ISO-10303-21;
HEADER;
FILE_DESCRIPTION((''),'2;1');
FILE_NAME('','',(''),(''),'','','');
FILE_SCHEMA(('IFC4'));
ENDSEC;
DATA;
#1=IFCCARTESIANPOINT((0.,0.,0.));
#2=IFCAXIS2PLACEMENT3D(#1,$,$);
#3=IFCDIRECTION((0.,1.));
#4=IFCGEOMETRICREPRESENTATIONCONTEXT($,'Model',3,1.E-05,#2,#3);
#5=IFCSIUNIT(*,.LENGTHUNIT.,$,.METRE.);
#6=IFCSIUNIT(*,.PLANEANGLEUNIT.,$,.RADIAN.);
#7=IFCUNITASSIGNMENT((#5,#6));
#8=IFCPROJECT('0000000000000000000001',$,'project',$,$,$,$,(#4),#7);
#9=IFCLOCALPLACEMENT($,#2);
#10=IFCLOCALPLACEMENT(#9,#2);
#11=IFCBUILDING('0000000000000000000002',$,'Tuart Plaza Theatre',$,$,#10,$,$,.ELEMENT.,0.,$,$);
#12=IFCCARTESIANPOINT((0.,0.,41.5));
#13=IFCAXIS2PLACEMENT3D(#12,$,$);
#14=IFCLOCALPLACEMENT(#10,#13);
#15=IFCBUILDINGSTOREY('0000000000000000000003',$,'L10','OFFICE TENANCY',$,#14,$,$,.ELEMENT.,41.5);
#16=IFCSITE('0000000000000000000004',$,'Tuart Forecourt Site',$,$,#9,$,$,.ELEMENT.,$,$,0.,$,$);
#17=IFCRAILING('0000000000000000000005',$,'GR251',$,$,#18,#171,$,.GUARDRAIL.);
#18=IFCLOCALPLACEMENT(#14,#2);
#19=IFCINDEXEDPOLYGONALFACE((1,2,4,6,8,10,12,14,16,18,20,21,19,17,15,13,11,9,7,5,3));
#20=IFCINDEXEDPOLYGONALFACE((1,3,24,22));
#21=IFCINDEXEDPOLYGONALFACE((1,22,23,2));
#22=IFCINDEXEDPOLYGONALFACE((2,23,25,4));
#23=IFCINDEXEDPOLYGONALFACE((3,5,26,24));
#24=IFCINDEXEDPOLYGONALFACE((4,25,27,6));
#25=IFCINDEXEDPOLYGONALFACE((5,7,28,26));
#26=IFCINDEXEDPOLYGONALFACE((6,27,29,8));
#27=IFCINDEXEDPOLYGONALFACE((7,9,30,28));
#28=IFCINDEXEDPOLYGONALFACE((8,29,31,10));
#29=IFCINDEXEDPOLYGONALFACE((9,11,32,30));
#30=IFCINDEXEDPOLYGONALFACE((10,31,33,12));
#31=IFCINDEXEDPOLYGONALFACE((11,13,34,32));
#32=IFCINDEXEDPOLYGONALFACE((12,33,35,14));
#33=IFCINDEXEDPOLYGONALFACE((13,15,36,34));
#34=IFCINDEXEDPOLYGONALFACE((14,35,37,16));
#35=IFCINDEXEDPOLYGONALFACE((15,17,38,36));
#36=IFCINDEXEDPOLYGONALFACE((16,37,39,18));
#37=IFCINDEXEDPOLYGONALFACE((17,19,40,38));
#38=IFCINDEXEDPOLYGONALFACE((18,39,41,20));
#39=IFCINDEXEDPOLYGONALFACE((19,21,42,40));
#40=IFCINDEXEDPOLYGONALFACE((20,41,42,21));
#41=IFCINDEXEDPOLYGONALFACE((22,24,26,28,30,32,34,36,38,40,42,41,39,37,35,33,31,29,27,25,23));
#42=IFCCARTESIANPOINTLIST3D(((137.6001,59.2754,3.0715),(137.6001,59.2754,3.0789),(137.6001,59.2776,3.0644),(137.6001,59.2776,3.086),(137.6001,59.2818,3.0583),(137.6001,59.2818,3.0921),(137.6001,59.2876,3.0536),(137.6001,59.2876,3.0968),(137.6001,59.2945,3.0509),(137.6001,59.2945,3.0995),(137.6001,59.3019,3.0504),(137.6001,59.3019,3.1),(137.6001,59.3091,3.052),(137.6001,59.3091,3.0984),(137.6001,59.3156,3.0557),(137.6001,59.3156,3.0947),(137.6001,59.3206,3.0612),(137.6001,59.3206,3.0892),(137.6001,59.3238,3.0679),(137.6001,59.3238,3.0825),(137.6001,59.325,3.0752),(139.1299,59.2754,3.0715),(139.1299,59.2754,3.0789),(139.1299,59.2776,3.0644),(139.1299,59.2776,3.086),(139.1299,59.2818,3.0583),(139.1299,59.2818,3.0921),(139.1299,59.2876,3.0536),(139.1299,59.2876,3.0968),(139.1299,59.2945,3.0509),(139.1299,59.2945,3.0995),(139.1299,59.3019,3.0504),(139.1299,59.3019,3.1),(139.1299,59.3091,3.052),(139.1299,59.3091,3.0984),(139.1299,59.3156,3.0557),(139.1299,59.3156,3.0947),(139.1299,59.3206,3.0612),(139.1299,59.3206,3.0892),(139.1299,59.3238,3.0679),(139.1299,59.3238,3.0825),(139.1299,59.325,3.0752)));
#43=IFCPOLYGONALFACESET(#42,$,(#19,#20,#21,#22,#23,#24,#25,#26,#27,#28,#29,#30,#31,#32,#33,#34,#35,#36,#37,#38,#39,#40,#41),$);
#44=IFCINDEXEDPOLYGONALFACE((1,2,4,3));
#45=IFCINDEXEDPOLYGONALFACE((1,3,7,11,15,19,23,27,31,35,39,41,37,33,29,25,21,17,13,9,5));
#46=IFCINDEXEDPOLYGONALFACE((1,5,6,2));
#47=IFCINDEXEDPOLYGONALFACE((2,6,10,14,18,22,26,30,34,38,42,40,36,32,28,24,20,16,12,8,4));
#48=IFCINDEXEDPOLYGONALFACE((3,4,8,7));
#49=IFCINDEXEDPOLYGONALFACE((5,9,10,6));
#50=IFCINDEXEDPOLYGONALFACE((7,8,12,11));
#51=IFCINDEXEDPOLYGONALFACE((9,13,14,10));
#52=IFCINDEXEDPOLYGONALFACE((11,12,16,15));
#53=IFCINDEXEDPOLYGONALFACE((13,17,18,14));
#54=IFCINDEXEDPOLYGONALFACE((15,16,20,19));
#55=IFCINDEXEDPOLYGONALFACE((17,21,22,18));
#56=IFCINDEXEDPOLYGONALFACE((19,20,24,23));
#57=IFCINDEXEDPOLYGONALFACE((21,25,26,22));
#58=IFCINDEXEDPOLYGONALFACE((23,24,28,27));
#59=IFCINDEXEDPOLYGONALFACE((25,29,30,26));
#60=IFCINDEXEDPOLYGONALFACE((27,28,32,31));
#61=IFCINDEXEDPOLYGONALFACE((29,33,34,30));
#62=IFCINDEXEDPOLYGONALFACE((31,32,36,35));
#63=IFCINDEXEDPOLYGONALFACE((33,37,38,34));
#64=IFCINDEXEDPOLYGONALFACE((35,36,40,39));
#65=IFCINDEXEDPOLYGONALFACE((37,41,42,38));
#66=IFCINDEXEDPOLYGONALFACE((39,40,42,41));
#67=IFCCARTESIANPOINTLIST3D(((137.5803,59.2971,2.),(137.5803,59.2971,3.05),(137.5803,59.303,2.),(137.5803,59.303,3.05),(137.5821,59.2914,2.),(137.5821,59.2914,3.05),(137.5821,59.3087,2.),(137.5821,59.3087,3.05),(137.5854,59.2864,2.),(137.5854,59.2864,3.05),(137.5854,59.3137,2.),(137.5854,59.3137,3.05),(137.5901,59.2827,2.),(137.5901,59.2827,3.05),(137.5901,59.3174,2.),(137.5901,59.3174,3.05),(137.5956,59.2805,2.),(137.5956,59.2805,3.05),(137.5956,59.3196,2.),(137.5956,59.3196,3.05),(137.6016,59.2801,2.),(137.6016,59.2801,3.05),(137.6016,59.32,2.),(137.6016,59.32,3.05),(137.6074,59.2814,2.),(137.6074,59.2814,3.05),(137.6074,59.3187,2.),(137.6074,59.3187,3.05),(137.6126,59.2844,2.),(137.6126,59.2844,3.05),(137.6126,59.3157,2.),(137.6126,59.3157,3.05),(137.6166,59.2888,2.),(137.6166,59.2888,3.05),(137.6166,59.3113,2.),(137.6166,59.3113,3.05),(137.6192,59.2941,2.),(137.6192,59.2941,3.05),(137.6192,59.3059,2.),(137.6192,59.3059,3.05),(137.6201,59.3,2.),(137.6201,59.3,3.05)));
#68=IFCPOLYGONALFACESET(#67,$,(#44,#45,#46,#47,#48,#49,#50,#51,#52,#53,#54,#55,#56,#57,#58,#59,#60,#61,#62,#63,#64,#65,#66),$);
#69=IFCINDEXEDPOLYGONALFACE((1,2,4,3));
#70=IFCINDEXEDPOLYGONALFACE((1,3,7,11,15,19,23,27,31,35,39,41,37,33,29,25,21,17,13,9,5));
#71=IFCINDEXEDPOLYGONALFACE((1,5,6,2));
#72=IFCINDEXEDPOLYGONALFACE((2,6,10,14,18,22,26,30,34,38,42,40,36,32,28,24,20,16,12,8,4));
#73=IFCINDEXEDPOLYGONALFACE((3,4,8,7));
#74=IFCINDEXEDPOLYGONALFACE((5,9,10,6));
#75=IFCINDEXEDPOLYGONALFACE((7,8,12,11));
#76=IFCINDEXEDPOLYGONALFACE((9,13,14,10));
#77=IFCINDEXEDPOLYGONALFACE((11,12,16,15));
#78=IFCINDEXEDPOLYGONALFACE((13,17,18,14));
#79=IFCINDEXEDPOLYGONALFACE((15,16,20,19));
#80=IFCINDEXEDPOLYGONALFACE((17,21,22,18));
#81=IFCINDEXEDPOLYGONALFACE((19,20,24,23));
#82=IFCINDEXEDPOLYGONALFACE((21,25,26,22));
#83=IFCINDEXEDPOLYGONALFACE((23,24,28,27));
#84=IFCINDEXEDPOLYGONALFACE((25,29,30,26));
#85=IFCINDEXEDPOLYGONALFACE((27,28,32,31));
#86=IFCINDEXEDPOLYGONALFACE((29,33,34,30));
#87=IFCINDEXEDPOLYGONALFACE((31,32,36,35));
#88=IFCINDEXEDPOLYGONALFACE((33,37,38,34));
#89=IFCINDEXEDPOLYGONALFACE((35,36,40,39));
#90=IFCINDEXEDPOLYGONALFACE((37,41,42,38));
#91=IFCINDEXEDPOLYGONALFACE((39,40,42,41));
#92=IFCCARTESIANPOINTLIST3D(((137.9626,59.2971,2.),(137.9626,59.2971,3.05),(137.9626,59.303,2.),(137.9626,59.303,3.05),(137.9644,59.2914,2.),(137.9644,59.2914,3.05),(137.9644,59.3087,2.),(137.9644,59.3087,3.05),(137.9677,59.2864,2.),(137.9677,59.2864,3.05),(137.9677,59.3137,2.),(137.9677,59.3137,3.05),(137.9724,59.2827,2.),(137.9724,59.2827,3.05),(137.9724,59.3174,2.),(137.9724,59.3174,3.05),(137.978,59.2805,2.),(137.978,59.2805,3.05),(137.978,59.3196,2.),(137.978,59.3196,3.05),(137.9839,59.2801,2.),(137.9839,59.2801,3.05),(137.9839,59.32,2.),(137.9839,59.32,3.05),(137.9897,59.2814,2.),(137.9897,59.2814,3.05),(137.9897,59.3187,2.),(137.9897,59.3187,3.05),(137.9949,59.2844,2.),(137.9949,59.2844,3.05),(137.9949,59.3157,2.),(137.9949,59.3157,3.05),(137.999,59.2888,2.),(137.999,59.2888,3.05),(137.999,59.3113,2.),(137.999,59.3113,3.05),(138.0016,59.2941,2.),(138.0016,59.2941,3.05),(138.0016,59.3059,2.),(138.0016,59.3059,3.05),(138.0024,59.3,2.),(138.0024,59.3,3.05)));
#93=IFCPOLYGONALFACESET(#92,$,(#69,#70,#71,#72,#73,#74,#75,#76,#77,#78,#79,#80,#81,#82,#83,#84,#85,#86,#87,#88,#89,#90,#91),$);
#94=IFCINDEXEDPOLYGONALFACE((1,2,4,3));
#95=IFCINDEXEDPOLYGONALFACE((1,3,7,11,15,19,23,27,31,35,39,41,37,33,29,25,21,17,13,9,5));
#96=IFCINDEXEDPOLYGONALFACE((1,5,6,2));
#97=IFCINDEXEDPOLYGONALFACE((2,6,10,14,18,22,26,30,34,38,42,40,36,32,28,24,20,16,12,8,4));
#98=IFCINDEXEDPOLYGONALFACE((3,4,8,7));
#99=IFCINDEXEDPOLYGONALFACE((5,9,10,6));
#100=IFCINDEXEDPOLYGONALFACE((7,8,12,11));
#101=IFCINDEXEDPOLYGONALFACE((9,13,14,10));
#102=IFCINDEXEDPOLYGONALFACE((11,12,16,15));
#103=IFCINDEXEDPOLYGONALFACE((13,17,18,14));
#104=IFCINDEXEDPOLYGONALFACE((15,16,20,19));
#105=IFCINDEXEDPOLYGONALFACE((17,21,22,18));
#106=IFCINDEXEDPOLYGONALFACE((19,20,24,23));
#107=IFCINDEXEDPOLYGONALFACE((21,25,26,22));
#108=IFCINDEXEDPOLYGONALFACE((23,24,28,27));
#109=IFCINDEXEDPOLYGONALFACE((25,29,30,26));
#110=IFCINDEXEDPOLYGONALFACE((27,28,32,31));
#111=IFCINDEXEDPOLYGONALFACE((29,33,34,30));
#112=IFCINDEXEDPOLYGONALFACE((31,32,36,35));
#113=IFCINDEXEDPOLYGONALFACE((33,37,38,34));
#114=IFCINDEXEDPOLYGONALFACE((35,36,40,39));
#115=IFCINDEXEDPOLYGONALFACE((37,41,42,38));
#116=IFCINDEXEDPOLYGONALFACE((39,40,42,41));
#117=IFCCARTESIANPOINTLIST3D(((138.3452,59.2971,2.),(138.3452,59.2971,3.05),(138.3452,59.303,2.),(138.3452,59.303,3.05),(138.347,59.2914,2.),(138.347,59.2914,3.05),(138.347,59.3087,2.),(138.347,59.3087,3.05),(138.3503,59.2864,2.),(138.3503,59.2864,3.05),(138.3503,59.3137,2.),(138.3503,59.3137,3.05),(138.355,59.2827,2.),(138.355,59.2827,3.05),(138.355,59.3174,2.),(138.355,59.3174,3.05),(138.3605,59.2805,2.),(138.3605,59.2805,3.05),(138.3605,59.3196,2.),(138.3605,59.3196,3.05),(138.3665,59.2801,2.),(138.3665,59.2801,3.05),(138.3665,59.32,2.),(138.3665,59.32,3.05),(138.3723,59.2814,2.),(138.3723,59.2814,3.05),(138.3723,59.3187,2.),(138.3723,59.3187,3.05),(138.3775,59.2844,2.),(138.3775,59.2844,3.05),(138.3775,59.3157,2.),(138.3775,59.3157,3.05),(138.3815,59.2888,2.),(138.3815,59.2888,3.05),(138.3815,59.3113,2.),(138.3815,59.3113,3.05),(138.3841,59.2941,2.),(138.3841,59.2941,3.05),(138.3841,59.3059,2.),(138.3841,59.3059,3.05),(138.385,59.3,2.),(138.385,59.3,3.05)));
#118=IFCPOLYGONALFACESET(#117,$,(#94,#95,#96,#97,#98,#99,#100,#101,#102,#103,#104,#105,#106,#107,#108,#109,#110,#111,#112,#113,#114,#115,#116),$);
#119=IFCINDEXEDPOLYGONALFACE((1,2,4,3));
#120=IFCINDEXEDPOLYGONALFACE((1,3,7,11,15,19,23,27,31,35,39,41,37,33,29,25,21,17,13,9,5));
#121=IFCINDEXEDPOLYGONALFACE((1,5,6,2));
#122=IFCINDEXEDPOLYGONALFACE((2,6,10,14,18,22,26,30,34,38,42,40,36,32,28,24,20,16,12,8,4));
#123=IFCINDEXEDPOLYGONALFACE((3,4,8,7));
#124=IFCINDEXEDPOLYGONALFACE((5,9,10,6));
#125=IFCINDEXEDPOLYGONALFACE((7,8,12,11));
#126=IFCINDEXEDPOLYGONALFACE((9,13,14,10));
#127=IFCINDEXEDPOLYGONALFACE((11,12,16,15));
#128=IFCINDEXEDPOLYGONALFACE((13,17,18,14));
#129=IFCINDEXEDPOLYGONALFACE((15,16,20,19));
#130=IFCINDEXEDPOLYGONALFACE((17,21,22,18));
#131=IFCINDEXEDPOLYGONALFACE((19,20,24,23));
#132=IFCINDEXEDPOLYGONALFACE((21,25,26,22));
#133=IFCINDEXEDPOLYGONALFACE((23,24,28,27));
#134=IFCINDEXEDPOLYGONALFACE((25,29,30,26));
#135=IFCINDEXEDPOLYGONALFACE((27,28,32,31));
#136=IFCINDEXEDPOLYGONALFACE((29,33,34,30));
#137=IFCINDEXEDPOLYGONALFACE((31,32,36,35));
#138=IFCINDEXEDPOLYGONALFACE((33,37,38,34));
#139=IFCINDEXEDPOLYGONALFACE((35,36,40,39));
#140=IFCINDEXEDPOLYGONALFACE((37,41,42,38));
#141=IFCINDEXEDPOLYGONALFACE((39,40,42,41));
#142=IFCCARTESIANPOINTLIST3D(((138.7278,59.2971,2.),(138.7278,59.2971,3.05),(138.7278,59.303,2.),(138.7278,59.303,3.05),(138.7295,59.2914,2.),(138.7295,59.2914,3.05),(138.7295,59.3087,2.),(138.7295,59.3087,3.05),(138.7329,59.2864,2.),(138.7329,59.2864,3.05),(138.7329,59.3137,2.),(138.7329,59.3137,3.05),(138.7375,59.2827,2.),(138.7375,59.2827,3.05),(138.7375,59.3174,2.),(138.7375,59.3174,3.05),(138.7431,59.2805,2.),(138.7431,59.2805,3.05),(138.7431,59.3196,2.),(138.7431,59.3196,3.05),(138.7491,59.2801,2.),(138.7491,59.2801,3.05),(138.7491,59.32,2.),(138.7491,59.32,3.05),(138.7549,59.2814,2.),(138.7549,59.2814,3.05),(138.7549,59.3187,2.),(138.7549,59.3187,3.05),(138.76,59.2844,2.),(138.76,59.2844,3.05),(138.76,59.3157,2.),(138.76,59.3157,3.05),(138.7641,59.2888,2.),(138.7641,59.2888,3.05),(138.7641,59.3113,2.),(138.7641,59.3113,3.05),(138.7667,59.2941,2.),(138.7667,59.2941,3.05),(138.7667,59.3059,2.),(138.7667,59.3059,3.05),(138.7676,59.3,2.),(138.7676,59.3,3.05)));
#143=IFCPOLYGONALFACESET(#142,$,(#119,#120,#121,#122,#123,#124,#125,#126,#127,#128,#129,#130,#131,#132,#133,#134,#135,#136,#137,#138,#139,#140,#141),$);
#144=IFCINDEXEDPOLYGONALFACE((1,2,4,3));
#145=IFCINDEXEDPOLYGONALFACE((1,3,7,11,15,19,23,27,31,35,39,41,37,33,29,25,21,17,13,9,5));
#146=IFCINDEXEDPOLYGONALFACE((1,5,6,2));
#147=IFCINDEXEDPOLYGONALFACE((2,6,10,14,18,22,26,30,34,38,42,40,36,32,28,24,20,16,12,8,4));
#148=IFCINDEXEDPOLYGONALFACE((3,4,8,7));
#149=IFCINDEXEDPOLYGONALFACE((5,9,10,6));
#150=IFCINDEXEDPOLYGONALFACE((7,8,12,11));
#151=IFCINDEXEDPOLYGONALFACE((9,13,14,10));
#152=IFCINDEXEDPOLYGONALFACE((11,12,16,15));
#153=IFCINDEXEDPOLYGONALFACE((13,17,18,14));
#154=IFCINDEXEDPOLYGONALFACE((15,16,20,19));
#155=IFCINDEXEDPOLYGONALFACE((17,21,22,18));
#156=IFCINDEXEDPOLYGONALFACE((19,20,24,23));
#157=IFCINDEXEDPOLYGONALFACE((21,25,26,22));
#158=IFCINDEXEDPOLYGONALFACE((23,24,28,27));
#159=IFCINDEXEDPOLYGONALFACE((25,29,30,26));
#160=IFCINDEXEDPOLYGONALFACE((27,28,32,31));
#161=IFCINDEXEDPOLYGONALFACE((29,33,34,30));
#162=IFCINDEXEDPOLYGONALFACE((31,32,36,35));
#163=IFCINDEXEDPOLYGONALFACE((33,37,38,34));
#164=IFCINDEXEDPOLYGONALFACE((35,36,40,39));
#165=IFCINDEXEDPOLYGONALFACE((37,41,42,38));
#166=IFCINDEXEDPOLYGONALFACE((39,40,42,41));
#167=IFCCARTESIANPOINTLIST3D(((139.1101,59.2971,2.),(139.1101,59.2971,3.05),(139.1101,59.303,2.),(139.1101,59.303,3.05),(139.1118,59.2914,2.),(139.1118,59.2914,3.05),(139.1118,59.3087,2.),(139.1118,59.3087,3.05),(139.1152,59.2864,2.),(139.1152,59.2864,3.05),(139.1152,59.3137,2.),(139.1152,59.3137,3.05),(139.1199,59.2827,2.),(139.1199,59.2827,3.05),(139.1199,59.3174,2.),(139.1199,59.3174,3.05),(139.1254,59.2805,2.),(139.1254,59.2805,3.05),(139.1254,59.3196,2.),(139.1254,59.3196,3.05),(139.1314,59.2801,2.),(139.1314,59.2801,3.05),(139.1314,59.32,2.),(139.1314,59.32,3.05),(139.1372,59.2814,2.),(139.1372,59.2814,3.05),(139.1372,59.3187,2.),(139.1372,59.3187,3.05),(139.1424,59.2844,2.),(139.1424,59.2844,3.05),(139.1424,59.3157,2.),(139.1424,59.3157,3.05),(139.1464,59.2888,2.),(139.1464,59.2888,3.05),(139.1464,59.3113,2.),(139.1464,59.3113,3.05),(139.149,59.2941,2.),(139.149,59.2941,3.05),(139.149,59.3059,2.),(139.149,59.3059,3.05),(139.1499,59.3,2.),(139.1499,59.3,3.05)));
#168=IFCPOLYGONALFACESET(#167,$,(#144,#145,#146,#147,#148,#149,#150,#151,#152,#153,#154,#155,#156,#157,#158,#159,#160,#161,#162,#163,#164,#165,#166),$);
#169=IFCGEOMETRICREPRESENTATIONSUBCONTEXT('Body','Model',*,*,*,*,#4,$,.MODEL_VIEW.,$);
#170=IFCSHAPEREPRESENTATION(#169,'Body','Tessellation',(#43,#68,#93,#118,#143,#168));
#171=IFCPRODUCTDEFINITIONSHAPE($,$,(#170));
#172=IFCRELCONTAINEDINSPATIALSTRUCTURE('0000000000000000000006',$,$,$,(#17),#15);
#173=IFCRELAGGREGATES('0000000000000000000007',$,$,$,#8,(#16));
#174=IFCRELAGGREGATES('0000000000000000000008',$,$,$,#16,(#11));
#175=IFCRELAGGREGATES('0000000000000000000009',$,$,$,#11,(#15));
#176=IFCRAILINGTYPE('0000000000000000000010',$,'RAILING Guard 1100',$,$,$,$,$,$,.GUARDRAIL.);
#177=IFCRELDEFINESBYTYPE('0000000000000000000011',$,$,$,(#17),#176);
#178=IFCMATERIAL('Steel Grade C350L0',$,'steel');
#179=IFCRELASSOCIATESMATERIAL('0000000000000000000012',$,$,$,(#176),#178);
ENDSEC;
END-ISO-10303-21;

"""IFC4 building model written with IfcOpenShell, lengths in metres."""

from ifc_helpers import new_model, si_unit, direction, frame, origin, origin_2d, place, context, subcontext, project, spatial, circle, extrude, material, type_object, element, save


model = new_model("IFC4")

# Units and contexts
model_context = context("Model", 3, precision=1e-05, world=origin(), true_north=direction((0.0, 1.0)))
body_context = subcontext(model_context, "Body", "Model", "MODEL_VIEW")
ifc_project = project(units=[si_unit("LENGTHUNIT", "METRE"), si_unit("PLANEANGLEUNIT", "RADIAN")], contexts=[model_context])

# Site, building, storey
site_placement = place(None, origin())
site = spatial("IfcSite", under=ifc_project, at=site_placement, Name="Tuart Forecourt Site", CompositionType="ELEMENT", RefElevation=0.0)
building_placement = place(site_placement, origin())
building = spatial("IfcBuilding", under=site, at=building_placement, Name="Tuart Plaza Theatre", CompositionType="ELEMENT", ElevationOfRefHeight=0.0)
storey_placement = place(building_placement, frame((0.0, 0.0, 41.5)))
storey = spatial("IfcBuildingStorey", under=building, at=storey_placement, Name="L10", Description="OFFICE TENANCY", CompositionType="ELEMENT", Elevation=41.5)

# Railing
ifc_material_1 = material(Name="Steel Grade C350L0", Category="steel")
railing_type_1 = type_object("IfcRailingType", Name="RAILING Guard 1100", PredefinedType="GUARDRAIL", material=ifc_material_1)
railing_1_placement = place(storey_placement, frame((137.6001, 59.3, 2.0)))
element("IfcRailing", 1, at=railing_1_placement, inside=storey, type_object=railing_type_1, Name="GR251", PredefinedType="GUARDRAIL", context=body_context, shape_type="SweptSolid", body=[
    extrude(circle(Radius=0.0249, at=origin_2d()), frame((0.0, 0.0, 1.0752), z_axis=(1.0, 0.0, 0.0), x_axis=(0.0, 1.0, 0.0)), (0.0, 0.0, 1.0), 1.5298),
    extrude(circle(Radius=0.02, at=origin_2d()), origin(), (0.0, 0.0, 1.0), 1.05),
    extrude(circle(Radius=0.02, at=origin_2d()), frame((0.3823, 0.0, 0.0)), (0.0, 0.0, 1.0), 1.05),
    extrude(circle(Radius=0.02, at=origin_2d()), frame((0.7649, 0.0, 0.0)), (0.0, 0.0, 1.0), 1.05),
    extrude(circle(Radius=0.02, at=origin_2d()), frame((1.1475, 0.0, 0.0)), (0.0, 0.0, 1.0), 1.05),
    extrude(circle(Radius=0.02, at=origin_2d()), frame((1.5298, 0.0, 0.0)), (0.0, 0.0, 1.0), 1.05),
])

save(model, "model.ifc")
